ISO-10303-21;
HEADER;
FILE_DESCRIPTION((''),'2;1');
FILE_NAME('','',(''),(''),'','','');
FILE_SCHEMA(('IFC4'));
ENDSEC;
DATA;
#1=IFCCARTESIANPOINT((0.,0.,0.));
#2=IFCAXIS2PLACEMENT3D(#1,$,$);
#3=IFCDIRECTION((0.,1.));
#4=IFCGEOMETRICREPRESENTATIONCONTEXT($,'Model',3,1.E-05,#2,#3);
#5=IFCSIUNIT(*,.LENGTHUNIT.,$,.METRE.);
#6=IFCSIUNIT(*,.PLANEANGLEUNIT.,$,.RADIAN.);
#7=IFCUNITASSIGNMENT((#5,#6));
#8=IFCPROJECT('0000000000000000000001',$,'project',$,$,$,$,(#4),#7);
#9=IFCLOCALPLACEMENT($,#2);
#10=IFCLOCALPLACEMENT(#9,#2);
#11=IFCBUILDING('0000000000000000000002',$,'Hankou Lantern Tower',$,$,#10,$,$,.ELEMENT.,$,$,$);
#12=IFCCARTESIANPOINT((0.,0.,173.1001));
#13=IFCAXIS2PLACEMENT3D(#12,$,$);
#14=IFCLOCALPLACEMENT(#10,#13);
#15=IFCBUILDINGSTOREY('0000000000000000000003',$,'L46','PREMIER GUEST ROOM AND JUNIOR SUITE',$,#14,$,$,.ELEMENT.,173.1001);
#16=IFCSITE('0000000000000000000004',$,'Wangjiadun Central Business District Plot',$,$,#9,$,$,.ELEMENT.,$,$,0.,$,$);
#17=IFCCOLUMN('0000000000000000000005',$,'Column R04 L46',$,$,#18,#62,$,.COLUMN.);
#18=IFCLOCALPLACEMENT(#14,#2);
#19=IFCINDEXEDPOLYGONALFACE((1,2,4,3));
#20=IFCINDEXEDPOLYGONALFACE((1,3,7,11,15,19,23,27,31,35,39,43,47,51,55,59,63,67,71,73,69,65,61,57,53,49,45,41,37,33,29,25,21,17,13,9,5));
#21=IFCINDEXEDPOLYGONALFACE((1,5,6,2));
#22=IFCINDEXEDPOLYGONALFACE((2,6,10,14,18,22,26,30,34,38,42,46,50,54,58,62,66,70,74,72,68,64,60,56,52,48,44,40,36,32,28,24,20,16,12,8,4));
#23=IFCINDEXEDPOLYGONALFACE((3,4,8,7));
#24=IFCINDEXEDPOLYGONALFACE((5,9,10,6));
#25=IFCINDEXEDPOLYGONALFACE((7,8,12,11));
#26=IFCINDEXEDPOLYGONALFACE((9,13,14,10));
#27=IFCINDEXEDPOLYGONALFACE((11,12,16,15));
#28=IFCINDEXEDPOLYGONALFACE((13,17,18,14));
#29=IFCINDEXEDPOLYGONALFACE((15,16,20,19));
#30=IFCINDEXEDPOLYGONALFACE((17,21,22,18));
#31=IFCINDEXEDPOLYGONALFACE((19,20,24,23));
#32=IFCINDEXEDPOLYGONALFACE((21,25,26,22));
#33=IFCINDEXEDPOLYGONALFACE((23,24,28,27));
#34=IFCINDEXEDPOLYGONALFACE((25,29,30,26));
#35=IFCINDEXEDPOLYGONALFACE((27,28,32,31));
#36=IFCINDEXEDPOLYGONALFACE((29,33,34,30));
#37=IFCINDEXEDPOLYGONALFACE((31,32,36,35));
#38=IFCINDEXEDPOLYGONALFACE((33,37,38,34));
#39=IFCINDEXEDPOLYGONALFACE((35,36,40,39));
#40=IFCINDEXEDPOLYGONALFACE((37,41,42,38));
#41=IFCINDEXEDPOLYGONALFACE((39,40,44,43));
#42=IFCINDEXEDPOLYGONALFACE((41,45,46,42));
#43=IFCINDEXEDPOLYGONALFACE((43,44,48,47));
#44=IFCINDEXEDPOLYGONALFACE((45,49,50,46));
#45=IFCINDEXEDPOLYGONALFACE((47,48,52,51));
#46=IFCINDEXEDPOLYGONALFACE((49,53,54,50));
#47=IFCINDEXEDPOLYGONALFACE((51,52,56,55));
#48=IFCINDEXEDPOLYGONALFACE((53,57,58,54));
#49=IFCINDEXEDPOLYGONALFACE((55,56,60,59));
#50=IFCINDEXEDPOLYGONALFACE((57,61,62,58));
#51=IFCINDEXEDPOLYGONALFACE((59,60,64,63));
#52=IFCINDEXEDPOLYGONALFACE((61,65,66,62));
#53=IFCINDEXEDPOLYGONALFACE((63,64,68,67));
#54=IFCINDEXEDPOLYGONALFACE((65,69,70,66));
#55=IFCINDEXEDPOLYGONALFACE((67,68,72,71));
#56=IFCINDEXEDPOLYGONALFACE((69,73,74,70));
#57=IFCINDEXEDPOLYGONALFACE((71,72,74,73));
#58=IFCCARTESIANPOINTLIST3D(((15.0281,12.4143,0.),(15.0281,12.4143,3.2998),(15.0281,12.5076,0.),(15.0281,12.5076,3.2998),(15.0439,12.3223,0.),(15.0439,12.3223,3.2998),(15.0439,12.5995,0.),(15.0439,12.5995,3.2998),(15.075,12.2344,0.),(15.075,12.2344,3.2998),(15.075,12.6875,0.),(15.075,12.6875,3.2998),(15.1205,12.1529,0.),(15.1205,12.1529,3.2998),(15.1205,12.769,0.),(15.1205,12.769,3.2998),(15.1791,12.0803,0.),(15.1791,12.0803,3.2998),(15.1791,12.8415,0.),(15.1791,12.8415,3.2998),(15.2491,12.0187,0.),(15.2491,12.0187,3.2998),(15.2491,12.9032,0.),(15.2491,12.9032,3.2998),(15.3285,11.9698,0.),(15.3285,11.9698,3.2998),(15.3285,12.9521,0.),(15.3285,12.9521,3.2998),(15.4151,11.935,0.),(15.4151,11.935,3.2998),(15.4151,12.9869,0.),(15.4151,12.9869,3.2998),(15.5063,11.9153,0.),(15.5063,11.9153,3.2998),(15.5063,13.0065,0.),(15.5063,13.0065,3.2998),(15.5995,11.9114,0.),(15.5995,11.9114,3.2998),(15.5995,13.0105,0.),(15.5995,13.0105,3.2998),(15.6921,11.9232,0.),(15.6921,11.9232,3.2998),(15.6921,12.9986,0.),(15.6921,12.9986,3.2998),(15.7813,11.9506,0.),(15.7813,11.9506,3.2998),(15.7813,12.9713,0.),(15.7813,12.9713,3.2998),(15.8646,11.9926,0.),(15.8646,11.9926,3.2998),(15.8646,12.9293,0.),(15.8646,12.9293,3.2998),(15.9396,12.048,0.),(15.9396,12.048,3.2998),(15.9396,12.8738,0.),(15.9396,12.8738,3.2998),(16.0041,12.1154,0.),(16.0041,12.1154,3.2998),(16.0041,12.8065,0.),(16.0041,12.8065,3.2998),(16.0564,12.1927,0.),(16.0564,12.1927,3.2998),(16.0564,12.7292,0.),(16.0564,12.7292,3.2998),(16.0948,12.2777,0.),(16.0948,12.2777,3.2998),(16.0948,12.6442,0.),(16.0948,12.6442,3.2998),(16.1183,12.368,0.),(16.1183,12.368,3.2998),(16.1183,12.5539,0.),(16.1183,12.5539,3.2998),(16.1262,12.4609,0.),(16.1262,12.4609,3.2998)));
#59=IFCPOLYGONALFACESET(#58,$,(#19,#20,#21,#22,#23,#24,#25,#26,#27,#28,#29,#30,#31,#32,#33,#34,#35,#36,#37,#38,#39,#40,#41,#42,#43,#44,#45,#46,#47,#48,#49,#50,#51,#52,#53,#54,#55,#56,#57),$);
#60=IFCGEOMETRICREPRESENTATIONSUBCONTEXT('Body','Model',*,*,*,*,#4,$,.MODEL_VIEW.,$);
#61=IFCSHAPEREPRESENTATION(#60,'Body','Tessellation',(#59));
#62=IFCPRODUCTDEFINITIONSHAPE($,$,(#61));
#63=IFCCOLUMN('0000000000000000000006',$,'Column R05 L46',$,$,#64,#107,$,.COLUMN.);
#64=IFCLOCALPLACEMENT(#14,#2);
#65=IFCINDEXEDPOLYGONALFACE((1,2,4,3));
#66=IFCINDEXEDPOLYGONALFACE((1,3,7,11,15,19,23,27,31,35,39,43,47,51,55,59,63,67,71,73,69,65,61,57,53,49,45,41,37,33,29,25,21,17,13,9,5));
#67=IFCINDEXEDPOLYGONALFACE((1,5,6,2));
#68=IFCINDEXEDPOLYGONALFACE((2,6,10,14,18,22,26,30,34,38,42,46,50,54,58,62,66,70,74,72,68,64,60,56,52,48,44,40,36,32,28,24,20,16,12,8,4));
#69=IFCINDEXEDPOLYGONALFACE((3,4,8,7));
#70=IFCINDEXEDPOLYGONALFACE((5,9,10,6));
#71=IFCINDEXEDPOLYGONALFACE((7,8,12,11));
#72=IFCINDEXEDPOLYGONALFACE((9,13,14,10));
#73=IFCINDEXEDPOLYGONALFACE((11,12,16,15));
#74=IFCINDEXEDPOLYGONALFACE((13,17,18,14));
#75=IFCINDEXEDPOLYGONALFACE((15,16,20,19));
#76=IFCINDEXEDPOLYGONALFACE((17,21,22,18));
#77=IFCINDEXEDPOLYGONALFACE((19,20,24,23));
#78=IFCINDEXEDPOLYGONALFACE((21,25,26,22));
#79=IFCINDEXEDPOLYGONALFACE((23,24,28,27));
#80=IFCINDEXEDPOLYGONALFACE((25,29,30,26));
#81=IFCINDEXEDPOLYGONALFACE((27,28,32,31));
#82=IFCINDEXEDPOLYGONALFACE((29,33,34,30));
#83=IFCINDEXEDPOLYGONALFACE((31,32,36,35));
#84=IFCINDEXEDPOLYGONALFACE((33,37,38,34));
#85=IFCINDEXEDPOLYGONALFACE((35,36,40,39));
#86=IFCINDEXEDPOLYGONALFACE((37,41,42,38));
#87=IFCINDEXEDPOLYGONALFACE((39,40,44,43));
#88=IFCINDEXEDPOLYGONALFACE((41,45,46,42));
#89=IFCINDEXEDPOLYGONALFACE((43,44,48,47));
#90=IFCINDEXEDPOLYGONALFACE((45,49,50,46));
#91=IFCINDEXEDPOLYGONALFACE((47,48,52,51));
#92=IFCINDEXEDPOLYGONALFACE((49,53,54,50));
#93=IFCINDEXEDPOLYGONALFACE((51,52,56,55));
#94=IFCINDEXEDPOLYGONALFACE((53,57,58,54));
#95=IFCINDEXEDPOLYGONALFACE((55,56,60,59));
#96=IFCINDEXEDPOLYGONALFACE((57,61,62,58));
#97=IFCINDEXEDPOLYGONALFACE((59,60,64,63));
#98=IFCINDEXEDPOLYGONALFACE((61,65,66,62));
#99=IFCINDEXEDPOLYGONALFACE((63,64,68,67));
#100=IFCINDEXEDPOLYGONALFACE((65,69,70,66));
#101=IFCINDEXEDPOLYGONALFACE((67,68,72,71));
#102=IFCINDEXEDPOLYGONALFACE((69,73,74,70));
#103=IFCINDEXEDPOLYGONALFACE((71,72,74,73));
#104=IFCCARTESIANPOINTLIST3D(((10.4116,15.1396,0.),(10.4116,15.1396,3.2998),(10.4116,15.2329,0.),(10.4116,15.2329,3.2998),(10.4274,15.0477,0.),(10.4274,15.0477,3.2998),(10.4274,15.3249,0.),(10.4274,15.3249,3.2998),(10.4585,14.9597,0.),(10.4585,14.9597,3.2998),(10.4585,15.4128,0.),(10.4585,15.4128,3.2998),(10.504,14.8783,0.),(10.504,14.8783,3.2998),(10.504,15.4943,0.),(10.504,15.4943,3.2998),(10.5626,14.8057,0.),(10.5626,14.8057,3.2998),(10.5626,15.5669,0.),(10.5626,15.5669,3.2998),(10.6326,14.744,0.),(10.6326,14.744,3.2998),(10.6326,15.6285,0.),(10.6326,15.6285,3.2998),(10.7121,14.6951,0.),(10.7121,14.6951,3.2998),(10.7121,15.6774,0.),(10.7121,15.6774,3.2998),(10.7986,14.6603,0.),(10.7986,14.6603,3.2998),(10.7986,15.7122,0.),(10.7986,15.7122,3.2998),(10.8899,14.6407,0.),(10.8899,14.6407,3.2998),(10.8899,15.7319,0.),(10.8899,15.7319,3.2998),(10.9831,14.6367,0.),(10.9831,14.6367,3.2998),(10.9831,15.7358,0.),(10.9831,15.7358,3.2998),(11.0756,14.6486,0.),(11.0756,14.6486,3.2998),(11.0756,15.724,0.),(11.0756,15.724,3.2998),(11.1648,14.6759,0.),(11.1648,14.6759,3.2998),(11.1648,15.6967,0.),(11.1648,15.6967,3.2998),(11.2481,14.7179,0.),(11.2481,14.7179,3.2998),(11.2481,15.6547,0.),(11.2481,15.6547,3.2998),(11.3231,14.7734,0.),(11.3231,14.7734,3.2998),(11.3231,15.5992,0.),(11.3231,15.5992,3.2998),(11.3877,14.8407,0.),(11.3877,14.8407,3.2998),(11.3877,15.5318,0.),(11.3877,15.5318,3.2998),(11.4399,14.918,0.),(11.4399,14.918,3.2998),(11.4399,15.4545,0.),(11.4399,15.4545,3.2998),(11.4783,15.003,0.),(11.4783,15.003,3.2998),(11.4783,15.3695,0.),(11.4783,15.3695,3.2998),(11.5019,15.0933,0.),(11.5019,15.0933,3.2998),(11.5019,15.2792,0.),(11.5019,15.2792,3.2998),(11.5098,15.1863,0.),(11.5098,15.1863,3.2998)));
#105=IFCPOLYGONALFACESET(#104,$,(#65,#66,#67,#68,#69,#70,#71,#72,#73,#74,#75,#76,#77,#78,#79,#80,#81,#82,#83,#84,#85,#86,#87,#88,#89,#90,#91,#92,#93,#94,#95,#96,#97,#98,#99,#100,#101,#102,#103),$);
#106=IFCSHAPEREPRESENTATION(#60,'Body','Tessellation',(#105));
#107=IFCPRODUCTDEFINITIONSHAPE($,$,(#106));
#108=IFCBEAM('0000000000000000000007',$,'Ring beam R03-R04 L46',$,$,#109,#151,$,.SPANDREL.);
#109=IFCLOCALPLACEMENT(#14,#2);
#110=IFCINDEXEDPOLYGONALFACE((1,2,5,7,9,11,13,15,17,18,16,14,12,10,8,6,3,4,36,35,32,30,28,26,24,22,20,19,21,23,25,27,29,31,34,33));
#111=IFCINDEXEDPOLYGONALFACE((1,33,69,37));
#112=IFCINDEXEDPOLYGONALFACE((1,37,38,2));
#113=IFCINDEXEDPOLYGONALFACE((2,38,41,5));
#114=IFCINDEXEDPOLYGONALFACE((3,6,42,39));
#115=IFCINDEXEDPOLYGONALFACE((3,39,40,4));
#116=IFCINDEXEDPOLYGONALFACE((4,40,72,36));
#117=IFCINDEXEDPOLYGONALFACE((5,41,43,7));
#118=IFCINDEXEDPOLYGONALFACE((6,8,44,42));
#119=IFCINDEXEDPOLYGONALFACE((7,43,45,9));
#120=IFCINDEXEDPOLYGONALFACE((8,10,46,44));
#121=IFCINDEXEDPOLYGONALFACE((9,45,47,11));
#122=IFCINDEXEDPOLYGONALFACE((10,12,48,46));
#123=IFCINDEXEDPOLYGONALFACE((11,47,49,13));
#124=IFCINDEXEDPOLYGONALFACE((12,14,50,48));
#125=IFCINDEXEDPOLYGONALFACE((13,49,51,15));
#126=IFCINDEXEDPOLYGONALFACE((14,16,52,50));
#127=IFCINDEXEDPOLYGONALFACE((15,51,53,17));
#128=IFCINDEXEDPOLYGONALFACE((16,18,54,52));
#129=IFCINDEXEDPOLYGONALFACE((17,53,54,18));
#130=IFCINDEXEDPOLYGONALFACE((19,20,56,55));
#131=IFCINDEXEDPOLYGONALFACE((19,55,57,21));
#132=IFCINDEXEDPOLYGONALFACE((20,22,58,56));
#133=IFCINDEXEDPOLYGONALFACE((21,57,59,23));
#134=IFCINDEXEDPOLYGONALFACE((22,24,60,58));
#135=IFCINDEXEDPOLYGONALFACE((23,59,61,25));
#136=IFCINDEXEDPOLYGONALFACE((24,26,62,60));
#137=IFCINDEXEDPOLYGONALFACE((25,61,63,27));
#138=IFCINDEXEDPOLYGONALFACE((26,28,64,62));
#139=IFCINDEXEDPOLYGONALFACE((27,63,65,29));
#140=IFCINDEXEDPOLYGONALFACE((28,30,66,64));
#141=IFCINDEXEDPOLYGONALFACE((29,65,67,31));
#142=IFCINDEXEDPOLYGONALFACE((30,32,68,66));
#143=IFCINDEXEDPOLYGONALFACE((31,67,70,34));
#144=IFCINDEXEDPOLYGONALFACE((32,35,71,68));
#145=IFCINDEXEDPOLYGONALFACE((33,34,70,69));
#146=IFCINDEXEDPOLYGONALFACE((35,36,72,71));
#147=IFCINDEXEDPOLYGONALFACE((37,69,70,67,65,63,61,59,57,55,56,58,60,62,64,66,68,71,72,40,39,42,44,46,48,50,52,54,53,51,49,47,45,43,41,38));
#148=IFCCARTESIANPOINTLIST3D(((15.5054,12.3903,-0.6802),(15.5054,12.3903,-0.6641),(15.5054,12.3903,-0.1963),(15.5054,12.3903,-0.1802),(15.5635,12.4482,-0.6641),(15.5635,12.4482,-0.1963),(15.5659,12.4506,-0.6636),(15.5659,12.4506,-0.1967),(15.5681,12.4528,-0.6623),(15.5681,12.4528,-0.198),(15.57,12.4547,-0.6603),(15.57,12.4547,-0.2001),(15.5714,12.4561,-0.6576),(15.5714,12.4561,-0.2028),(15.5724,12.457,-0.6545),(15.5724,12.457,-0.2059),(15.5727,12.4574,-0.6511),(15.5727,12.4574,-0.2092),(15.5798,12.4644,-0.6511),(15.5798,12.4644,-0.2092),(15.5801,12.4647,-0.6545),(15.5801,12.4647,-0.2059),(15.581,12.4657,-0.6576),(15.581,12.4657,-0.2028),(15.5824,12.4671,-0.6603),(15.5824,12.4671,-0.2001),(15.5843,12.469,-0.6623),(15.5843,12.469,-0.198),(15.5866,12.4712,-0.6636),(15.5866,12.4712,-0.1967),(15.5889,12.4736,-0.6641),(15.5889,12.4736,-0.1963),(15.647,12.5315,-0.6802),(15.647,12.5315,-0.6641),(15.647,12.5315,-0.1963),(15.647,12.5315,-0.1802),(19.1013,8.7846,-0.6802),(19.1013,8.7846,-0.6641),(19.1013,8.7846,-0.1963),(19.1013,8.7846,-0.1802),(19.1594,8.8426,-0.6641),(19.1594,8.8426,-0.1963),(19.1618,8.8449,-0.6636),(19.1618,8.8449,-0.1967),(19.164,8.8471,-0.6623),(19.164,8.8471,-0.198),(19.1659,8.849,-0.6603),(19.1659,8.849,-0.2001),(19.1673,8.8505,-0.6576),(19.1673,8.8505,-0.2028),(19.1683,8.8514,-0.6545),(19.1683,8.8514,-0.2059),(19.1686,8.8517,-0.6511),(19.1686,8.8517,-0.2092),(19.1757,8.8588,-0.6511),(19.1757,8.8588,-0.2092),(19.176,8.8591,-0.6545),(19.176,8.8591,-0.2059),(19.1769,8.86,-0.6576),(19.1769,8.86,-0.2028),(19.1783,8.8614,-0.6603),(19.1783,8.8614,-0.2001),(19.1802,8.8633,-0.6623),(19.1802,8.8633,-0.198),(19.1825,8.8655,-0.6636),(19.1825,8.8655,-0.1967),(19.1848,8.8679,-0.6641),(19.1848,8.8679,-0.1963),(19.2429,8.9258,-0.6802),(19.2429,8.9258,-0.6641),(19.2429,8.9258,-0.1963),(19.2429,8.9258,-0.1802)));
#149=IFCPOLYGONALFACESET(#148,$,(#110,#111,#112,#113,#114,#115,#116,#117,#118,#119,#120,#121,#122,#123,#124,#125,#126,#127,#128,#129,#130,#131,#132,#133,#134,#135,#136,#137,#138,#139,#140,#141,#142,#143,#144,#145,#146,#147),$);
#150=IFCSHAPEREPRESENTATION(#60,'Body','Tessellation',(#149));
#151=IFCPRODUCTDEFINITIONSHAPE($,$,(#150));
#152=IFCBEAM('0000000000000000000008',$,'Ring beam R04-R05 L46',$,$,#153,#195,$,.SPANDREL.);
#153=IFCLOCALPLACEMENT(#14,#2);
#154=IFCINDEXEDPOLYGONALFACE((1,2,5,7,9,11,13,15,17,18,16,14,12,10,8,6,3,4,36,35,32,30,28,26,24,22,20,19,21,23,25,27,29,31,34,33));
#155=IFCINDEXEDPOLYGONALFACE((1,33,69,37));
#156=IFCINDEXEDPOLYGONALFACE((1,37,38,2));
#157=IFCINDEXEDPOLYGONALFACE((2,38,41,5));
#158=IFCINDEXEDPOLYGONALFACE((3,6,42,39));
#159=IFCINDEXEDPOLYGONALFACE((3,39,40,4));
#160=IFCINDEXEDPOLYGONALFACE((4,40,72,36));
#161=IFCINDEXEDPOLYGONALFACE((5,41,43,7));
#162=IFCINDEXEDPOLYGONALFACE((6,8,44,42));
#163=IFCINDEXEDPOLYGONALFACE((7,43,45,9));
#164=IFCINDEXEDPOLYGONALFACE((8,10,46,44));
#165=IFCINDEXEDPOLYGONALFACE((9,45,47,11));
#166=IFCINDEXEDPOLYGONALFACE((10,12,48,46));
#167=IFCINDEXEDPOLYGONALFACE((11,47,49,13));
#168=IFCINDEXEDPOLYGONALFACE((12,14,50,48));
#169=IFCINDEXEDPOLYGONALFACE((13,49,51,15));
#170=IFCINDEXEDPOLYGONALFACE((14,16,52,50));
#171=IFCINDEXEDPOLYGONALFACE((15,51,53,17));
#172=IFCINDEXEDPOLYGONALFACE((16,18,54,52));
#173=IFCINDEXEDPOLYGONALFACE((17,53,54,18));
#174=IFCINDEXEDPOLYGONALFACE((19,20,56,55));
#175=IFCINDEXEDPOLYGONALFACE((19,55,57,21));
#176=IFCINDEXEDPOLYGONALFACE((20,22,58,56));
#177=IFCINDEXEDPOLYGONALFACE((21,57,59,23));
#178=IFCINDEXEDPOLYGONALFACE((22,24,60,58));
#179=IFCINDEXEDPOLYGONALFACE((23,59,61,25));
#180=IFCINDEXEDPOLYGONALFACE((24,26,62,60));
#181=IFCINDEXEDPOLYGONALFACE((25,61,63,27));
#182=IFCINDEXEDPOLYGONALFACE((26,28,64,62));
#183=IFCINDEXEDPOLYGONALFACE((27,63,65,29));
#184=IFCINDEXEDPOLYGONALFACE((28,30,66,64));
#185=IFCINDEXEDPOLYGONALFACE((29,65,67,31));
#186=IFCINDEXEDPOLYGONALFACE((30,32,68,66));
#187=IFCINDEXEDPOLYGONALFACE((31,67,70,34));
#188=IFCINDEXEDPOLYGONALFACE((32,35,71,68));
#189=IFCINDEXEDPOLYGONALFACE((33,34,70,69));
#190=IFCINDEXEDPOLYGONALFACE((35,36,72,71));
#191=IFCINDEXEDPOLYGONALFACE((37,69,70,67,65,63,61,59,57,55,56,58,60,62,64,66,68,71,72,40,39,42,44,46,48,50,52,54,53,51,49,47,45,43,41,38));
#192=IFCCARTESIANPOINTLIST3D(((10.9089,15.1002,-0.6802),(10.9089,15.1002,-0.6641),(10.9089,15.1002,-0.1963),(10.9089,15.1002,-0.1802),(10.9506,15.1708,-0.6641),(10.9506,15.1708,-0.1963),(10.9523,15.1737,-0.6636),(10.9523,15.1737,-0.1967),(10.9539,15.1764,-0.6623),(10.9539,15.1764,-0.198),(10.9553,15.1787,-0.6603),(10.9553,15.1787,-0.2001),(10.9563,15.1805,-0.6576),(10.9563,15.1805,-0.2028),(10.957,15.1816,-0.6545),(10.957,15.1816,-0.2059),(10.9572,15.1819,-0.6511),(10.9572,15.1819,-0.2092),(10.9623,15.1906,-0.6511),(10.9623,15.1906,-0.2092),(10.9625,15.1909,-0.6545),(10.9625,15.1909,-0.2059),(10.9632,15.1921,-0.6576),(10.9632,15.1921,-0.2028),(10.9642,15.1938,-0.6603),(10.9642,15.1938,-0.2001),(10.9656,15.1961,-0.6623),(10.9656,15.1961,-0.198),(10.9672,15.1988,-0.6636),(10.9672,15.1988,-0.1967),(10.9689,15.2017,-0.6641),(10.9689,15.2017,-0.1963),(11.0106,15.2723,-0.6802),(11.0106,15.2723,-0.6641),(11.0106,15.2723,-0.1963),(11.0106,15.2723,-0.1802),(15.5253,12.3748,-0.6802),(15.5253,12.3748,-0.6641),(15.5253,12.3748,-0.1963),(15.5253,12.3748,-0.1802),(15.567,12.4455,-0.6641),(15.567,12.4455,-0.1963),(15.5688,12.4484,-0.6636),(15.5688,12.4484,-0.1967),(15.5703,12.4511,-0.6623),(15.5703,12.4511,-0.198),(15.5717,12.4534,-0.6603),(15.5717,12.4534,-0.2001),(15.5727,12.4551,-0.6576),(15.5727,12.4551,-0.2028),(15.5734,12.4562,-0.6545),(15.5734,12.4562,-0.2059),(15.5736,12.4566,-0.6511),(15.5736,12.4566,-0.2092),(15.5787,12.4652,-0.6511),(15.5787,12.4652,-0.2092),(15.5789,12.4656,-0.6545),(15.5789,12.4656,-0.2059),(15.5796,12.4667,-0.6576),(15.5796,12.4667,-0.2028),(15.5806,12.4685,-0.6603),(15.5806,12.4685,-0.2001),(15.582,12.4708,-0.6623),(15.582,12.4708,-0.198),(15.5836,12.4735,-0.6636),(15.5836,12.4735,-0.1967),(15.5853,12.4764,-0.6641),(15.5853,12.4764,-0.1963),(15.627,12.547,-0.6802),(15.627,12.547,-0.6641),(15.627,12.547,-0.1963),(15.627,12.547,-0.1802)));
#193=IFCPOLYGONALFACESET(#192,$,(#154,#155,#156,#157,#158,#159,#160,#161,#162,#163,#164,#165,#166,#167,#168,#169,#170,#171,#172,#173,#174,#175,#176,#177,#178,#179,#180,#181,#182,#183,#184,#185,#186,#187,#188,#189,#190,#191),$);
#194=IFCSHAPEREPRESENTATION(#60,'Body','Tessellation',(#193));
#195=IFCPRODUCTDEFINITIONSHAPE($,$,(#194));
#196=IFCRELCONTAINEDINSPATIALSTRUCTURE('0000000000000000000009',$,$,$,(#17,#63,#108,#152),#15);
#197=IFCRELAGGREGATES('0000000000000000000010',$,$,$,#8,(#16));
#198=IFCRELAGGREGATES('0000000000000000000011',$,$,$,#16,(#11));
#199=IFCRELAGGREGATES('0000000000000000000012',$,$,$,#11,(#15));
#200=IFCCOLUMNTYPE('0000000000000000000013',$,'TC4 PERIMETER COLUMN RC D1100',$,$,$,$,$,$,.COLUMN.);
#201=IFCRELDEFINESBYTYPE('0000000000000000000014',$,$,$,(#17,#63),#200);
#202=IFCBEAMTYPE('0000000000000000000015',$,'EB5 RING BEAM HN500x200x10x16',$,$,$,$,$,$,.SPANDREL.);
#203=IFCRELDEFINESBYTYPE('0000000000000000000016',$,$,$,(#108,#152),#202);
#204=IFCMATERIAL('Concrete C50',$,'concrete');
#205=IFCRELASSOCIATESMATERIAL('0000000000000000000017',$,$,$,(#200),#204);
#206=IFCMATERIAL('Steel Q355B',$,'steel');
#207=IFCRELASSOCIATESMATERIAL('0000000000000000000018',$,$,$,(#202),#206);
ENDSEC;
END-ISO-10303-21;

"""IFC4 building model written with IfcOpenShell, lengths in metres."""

from ifc_helpers import new_model, si_unit, direction, frame, origin, origin_2d, place, context, subcontext, project, spatial, circle, i_section, extrude, material, material_profile, profile_set, type_object, element, save


model = new_model("IFC4")

# Units and contexts
model_context = context("Model", 3, precision=1e-05, world=origin(), true_north=direction((0.0, 1.0)))
body_context = subcontext(model_context, "Body", "Model", "MODEL_VIEW")
ifc_project = project(units=[si_unit("LENGTHUNIT", "METRE"), si_unit("PLANEANGLEUNIT", "RADIAN")], contexts=[model_context])

# Site, building, storey
site_placement = place(None, origin())
site = spatial("IfcSite", under=ifc_project, at=site_placement, Name="Wangjiadun Central Business District Plot", CompositionType="ELEMENT", RefElevation=0.0)
building_placement = place(site_placement, origin())
building = spatial("IfcBuilding", under=site, at=building_placement, Name="Hankou Lantern Tower", CompositionType="ELEMENT")
storey_placement = place(building_placement, frame((0.0, 0.0, 173.1001)))
storey = spatial("IfcBuildingStorey", under=building, at=storey_placement, Name="L46", Description="PREMIER GUEST ROOM AND JUNIOR SUITE", CompositionType="ELEMENT", Elevation=173.1001)

# Columns
ifc_material_1 = material(Name="Concrete C50", Category="concrete")
ifc_material_profile_1 = material_profile(ifc_material_1, circle(Radius=0.55, at=origin_2d()), Name="RC D1100")
ifc_profile_set_1 = profile_set([ifc_material_profile_1], Name="Concrete C50")
column_type = type_object("IfcColumnType", Name="TC4 PERIMETER COLUMN RC D1100", PredefinedType="COLUMN", material=ifc_profile_set_1)
for number, where, z_axis, x_axis, name in (
    (1, (15.5762, 12.4609, 0.0), (0.0, 0.0, 1.0), (1.0, 0.0, 0.0), "Column R04 L46"),
    (2, (10.9597, 15.1863, 0.0), (0.0, 0.0, 1.0), (1.0, 0.0, 0.0), "Column R05 L46"),
):
    element("IfcColumn", number, at=place(storey_placement, frame(where, z_axis=z_axis, x_axis=x_axis)), inside=storey, type_object=column_type, Name=name, PredefinedType="COLUMN", context=body_context, shape_type="SweptSolid", body=[
        extrude(circle(Radius=0.55, at=origin_2d()), origin(), (0.0, 0.0, 1.0), 3.2998),
    ])

# Beams
ifc_material_2 = material(Name="Steel Q355B", Category="steel")
ifc_material_profile_2 = material_profile(ifc_material_2, i_section(OverallWidth=0.2, OverallDepth=0.5, WebThickness=0.01, FlangeThickness=0.0161, FilletRadius=0.0129, at=origin_2d()), Name="HN500x200x10x16")
ifc_profile_set_2 = profile_set([ifc_material_profile_2], Name="Steel Q355B")
beam_type_1 = type_object("IfcBeamType", Name="EB5 RING BEAM HN500x200x10x16", PredefinedType="SPANDREL", material=ifc_profile_set_2)
beam_1_placement = place(storey_placement, frame((19.1721, 8.8552, -0.4302), z_axis=(-0.706147, 0.708065, 0.0), x_axis=(-0.708065, -0.706147, 0.0)))
element("IfcBeam", 3, at=beam_1_placement, inside=storey, type_object=beam_type_1, Name="Ring beam R03-R04 L46", PredefinedType="SPANDREL", context=body_context, shape_type="SweptSolid", body=[
    extrude(i_section(OverallWidth=0.2, OverallDepth=0.5, WebThickness=0.01, FlangeThickness=0.0161, FilletRadius=0.0129, at=origin_2d()), origin(), (0.0, 0.0, 1.0), 5.0923),
])
beam_2_placement = place(storey_placement, frame((15.5762, 12.4609, -0.4302), z_axis=(-0.861136, 0.508375, 0.0), x_axis=(-0.508375, -0.861136, 0.0)))
element("IfcBeam", 4, at=beam_2_placement, inside=storey, type_object=beam_type_1, Name="Ring beam R04-R05 L46", PredefinedType="SPANDREL", context=body_context, shape_type="SweptSolid", body=[
    extrude(i_section(OverallWidth=0.2, OverallDepth=0.5, WebThickness=0.01, FlangeThickness=0.0161, FilletRadius=0.0129, at=origin_2d()), origin(), (0.0, 0.0, 1.0), 5.3608),
])

save(model, "model.ifc")
